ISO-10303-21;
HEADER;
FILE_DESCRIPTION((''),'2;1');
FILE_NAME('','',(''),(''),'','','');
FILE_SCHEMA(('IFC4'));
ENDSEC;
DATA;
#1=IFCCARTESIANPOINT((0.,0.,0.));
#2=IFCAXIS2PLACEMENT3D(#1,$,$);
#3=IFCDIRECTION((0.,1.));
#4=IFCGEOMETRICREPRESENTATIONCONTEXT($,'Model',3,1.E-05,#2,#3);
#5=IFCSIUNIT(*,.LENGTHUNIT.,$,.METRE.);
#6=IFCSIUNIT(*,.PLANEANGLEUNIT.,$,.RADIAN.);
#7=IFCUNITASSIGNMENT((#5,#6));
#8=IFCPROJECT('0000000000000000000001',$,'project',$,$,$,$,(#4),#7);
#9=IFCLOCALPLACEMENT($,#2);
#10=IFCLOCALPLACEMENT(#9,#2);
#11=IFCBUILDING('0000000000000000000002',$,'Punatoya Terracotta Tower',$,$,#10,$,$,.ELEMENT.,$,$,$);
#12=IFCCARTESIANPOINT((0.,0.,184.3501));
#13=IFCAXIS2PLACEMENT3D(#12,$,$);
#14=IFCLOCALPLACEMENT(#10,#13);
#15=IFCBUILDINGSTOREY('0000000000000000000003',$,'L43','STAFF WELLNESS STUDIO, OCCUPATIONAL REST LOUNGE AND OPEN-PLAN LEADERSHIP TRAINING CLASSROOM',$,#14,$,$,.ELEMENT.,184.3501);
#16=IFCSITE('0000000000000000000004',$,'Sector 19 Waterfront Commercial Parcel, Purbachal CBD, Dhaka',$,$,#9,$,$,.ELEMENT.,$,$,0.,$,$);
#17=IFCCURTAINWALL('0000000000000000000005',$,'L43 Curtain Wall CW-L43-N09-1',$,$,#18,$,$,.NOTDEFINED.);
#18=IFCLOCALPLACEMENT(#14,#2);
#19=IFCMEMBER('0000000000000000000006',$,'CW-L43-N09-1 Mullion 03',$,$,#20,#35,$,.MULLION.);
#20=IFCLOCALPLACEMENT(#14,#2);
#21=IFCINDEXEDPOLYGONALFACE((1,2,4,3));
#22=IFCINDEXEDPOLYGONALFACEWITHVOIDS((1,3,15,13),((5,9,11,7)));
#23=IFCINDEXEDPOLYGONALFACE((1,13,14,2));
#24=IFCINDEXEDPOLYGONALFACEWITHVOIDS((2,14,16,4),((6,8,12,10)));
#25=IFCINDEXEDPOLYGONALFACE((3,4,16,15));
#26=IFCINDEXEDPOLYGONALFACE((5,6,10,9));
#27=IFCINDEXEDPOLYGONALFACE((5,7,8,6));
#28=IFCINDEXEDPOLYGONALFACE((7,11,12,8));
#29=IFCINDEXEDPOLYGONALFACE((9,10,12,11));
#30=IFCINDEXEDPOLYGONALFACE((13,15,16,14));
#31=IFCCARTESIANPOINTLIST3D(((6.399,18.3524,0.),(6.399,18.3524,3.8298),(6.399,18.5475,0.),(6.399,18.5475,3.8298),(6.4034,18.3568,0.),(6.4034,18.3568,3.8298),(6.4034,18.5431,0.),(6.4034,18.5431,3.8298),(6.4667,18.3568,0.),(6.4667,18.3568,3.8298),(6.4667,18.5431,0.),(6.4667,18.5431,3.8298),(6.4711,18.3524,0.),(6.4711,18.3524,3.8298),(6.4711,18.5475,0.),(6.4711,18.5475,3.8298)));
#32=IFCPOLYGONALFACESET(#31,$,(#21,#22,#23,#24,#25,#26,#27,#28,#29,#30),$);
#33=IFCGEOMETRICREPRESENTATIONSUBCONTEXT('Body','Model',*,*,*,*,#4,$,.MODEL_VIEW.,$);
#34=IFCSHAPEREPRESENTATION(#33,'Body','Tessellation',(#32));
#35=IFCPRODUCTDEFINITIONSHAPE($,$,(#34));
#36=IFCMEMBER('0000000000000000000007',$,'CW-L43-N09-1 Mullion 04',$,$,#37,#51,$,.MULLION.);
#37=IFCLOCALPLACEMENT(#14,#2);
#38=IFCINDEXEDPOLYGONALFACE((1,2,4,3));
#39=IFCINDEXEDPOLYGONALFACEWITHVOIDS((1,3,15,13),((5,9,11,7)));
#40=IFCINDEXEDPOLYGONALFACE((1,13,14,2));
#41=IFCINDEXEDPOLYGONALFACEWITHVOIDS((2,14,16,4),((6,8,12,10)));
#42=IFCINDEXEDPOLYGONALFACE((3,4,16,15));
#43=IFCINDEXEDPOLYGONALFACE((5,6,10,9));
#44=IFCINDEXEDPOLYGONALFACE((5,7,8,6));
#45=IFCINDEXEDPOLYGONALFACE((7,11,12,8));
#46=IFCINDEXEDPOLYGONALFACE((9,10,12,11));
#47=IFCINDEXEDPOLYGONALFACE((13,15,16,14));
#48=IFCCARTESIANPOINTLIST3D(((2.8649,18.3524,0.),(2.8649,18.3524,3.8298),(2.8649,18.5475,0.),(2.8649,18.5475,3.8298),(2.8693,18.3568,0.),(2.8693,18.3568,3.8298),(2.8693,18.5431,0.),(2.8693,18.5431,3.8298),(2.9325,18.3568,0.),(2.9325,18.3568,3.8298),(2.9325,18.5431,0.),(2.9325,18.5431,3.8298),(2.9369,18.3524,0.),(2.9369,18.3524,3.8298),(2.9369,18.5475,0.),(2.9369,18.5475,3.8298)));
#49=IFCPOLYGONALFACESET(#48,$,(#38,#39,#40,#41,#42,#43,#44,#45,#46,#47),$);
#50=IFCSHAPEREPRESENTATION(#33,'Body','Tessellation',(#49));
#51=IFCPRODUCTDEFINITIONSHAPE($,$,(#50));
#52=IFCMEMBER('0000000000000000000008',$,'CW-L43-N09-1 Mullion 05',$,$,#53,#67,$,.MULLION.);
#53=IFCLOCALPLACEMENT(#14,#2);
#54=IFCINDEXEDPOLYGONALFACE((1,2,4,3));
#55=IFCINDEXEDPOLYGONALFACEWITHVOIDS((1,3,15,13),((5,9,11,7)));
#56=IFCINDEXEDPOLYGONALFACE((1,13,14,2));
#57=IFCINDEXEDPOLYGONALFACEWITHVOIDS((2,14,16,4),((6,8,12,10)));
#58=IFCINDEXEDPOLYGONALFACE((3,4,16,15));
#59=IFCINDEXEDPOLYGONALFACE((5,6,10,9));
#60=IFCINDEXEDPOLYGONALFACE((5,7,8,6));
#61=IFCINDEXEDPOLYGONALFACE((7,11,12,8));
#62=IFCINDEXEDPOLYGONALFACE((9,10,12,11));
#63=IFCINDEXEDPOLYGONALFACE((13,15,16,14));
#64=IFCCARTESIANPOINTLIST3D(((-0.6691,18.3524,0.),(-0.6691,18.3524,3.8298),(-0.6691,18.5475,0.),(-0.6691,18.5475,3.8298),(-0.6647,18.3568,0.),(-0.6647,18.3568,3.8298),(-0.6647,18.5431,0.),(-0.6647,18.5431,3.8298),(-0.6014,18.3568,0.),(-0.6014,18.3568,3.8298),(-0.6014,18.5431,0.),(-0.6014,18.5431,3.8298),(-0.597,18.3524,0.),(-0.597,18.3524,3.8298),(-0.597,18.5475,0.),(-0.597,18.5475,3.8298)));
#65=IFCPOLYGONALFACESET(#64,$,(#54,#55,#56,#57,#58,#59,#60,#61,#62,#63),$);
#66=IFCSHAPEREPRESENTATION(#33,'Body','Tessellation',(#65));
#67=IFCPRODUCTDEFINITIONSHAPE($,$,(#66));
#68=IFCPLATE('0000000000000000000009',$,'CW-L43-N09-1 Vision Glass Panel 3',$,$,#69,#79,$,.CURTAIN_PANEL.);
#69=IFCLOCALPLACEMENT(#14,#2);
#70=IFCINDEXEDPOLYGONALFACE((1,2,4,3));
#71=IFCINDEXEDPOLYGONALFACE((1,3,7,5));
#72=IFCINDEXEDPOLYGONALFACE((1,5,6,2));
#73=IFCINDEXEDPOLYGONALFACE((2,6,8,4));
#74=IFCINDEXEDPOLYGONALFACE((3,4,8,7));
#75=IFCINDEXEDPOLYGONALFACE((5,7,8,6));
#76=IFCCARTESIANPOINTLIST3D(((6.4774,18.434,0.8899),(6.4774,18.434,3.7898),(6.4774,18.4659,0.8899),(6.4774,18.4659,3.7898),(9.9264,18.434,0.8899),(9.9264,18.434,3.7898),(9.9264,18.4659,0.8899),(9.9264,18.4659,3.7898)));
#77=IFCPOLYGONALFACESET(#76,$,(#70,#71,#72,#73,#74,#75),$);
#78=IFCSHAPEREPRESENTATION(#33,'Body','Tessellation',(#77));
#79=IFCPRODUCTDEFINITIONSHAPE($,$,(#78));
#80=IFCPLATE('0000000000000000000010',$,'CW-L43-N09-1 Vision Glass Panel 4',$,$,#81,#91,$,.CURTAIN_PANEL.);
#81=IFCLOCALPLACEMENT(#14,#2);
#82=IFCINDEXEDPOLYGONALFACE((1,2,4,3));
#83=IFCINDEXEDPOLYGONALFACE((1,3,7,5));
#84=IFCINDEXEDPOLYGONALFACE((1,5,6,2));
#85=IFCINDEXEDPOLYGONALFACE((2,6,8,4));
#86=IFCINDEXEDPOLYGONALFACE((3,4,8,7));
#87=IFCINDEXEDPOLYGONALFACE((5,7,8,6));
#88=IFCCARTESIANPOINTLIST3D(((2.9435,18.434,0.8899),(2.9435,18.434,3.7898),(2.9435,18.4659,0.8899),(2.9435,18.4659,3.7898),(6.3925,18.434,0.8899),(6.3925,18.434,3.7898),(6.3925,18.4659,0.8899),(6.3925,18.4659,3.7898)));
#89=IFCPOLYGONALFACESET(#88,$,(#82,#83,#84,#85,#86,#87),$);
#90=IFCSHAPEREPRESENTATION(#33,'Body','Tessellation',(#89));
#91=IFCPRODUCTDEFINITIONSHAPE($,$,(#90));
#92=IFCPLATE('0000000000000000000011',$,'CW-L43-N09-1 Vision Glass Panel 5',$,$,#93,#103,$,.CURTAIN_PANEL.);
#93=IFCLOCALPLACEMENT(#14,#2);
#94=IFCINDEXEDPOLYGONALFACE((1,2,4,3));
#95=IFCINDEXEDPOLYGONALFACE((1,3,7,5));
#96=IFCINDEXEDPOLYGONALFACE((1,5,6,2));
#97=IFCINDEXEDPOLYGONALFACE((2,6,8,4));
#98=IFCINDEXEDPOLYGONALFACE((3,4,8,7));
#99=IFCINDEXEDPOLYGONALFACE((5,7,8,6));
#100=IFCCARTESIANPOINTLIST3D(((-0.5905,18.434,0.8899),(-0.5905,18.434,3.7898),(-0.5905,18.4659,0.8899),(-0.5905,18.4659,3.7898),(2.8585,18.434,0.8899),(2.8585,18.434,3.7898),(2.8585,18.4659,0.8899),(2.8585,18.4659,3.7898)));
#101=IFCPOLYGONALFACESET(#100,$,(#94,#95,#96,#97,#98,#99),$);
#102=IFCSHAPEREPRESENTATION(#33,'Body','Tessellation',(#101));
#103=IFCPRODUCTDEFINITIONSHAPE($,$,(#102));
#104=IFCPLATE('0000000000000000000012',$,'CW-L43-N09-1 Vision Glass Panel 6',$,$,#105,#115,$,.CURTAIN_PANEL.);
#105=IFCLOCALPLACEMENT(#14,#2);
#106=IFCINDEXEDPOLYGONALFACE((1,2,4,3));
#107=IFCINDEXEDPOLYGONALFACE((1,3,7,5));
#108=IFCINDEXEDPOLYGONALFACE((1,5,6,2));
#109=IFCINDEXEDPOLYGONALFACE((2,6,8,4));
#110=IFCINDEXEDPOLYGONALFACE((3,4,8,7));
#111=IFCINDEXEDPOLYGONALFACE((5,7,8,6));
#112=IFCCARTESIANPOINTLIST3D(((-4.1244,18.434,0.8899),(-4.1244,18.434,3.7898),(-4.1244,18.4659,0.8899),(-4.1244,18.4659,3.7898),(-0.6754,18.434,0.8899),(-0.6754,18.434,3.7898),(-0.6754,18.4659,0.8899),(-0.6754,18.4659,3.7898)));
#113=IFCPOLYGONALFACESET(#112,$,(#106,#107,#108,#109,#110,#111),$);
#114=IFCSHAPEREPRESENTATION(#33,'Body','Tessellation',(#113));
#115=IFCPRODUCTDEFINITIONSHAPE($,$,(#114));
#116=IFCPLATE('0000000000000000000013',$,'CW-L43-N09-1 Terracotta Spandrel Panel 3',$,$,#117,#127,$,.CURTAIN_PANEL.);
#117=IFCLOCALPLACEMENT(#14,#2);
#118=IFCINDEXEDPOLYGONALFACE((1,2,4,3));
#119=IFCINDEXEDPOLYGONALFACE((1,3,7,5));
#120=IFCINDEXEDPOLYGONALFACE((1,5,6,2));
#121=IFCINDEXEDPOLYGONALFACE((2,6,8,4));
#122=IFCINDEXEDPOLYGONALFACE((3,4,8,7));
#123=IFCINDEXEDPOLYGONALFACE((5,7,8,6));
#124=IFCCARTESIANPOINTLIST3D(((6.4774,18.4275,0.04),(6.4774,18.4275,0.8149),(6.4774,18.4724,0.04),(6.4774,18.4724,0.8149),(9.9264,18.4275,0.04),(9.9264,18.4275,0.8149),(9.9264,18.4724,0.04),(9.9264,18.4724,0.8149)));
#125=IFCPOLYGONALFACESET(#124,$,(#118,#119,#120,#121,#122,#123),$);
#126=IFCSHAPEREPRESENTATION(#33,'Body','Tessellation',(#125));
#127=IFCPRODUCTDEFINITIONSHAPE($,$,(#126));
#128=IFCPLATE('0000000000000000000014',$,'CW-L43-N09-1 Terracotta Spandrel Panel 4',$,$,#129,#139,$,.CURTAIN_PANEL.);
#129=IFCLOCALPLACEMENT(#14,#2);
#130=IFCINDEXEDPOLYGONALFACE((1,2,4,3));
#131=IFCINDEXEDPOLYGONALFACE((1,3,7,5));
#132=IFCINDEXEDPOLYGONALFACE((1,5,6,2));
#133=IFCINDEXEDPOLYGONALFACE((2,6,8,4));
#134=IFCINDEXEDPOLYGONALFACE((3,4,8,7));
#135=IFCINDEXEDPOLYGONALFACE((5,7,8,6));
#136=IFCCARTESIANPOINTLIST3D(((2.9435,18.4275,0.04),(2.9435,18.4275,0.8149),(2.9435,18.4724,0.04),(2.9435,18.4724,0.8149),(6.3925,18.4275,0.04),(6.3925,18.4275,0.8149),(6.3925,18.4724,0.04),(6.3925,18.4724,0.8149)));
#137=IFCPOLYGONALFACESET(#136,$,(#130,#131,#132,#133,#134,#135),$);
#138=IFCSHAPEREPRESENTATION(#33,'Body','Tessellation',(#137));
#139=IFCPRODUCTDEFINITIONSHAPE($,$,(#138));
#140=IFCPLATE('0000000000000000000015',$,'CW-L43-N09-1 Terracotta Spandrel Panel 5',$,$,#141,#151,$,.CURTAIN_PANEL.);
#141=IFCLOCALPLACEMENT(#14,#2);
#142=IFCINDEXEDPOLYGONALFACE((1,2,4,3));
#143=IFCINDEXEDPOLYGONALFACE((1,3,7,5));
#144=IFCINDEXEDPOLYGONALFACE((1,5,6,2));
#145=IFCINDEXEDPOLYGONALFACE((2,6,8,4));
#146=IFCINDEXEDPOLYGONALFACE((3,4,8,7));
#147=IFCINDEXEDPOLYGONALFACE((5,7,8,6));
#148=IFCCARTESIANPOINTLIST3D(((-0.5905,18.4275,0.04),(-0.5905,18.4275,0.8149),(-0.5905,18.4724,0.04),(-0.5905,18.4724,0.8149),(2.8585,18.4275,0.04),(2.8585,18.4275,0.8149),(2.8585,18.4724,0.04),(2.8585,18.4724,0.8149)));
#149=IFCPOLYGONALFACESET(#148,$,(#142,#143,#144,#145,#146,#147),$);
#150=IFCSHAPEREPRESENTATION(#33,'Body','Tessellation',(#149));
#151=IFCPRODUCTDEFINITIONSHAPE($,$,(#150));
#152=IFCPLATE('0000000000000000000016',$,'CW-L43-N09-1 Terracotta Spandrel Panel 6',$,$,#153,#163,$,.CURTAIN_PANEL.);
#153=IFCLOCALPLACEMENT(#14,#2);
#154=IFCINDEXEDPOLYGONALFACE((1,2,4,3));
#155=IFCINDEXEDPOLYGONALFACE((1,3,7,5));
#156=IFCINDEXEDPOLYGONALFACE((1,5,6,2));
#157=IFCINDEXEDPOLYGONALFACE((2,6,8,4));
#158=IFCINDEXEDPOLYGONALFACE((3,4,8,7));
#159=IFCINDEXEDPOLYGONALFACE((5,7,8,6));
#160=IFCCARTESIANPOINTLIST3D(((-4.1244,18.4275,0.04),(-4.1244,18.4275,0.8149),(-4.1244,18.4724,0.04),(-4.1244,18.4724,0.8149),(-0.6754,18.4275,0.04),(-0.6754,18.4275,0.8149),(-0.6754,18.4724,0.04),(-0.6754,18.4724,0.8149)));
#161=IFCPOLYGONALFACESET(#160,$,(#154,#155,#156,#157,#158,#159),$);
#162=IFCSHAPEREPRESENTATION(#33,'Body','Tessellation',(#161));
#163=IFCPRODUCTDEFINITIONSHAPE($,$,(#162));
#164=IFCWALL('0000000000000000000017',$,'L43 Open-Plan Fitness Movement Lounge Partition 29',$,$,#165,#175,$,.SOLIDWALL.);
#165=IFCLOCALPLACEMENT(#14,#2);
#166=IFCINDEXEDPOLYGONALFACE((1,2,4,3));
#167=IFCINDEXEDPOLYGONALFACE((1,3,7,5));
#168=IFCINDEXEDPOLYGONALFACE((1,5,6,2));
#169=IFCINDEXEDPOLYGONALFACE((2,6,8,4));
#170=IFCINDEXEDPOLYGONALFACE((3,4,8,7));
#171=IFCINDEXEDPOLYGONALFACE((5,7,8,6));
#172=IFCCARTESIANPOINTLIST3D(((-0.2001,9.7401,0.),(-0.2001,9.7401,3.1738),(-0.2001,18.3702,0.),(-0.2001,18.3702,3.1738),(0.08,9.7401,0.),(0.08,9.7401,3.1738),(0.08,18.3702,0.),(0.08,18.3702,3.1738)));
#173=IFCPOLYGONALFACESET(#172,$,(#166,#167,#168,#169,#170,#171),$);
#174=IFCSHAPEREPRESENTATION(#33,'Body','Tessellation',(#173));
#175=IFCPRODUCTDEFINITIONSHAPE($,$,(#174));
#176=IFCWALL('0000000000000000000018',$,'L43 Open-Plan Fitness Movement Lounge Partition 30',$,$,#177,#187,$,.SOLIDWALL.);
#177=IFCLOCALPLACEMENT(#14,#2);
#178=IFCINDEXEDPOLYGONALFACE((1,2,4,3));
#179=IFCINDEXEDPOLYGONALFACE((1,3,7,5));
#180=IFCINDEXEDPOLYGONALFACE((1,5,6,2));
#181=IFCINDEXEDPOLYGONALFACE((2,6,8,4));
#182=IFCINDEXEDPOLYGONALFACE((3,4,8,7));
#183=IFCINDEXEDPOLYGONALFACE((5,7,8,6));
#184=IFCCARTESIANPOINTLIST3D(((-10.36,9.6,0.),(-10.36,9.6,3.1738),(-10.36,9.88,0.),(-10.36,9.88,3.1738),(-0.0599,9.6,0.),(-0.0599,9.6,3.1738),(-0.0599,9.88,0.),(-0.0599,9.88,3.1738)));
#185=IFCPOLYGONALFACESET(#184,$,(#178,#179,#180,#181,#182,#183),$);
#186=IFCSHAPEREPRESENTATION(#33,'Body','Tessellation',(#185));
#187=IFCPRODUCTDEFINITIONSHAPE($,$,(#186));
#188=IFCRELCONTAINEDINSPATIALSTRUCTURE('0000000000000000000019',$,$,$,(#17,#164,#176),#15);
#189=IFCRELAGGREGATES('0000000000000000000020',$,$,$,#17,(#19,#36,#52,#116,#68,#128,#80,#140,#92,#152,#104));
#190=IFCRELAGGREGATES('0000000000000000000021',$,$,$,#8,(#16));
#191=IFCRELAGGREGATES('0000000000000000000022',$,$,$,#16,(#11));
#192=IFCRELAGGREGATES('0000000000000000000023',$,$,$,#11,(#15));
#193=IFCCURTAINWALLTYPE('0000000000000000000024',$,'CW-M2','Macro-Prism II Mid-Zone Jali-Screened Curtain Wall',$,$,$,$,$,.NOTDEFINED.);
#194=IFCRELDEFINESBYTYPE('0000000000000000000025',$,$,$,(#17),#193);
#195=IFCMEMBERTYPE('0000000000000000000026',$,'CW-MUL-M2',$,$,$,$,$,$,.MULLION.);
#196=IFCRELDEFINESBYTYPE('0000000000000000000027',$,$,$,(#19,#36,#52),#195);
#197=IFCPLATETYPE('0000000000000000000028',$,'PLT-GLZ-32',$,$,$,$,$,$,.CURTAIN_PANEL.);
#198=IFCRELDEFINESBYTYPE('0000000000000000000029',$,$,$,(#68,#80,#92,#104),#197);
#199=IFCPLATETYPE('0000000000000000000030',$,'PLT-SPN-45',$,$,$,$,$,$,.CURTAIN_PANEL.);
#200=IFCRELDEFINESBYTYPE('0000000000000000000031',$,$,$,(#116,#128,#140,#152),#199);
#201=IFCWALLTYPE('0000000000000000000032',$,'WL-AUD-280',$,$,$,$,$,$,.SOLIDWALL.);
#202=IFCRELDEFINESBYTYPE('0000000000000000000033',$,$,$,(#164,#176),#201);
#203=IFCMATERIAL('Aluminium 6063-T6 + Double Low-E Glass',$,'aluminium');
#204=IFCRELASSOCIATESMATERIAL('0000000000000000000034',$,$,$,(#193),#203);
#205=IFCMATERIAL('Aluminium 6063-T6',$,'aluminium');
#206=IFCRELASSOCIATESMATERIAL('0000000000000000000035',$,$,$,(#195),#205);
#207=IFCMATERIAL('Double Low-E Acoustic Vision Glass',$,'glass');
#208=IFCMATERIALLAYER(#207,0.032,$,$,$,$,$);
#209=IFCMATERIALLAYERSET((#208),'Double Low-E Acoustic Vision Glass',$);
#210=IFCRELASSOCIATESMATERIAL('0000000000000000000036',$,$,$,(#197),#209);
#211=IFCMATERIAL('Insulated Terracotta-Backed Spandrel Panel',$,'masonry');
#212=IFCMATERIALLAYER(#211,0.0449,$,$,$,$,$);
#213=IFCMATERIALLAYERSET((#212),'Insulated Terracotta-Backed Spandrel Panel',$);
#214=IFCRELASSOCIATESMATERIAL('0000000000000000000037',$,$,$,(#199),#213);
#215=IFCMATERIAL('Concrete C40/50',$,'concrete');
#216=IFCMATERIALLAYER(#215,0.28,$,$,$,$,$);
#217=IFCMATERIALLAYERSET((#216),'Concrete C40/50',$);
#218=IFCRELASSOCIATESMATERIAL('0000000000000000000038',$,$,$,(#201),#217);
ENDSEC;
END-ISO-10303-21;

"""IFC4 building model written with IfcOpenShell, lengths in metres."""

from ifc_helpers import new_model, si_unit, direction, frame, frame_2d, origin, origin_2d, place, context, subcontext, project, spatial, rectangle, hollow_rectangle, extrude, material, layer, layer_set, material_profile, profile_set, type_object, element, aggregate, save


model = new_model("IFC4")

# Units and contexts
model_context = context("Model", 3, precision=1e-05, world=origin(), true_north=direction((0.0, 1.0)))
body_context = subcontext(model_context, "Body", "Model", "MODEL_VIEW")
ifc_project = project(units=[si_unit("LENGTHUNIT", "METRE"), si_unit("PLANEANGLEUNIT", "RADIAN")], contexts=[model_context])

# Site, building, storey
site_placement = place(None, origin())
site = spatial("IfcSite", under=ifc_project, at=site_placement, Name="Sector 19 Waterfront Commercial Parcel, Purbachal CBD, Dhaka", CompositionType="ELEMENT", RefElevation=0.0)
building_placement = place(site_placement, origin())
building = spatial("IfcBuilding", under=site, at=building_placement, Name="Punatoya Terracotta Tower", CompositionType="ELEMENT")
storey_placement = place(building_placement, frame((0.0, 0.0, 184.3501)))
storey = spatial("IfcBuildingStorey", under=building, at=storey_placement, Name="L43", Description="STAFF WELLNESS STUDIO, OCCUPATIONAL REST LOUNGE AND OPEN-PLAN LEADERSHIP TRAINING CLASSROOM", CompositionType="ELEMENT", Elevation=184.3501)

# Curtain wall, members, plates
ifc_material_1 = material(Name="Aluminium 6063-T6 + Double Low-E Glass", Category="aluminium")
curtain_wall_type = type_object("IfcCurtainWallType", Name="CW-M2", Description="Macro-Prism II Mid-Zone Jali-Screened Curtain Wall", PredefinedType="NOTDEFINED", material=ifc_material_1)
curtain_wall_placement = place(storey_placement, origin())
curtain_wall = element("IfcCurtainWall", 1, at=curtain_wall_placement, inside=storey, type_object=curtain_wall_type, Name="L43 Curtain Wall CW-L43-N09-1", PredefinedType="NOTDEFINED")
ifc_material_2 = material(Name="Aluminium 6063-T6", Category="aluminium")
ifc_material_profile_1 = material_profile(ifc_material_2, hollow_rectangle(XDim=0.072, YDim=0.1951, WallThickness=0.0044, at=origin_2d()))
ifc_profile_set_1 = profile_set([ifc_material_profile_1], Name="Aluminium 6063-T6")
member_type = type_object("IfcMemberType", Name="CW-MUL-M2", PredefinedType="MULLION", material=ifc_profile_set_1)
member_1_placement = place(storey_placement, frame((6.4351, 18.45, 0.0), z_axis=(0.0, 0.0, 1.0), x_axis=(1.0, 0.0, 0.0)))
member_1 = element("IfcMember", 2, at=member_1_placement, type_object=member_type, Name="CW-L43-N09-1 Mullion 03", PredefinedType="MULLION", context=body_context, shape_type="SweptSolid", body=[
    extrude(hollow_rectangle(XDim=0.072, YDim=0.1951, WallThickness=0.0044, at=origin_2d()), origin(), (0.0, 0.0, 1.0), 3.8298),
])
member_2_placement = place(storey_placement, frame((2.9009, 18.45, 0.0), z_axis=(0.0, 0.0, 1.0), x_axis=(1.0, 0.0, 0.0)))
member_2 = element("IfcMember", 3, at=member_2_placement, type_object=member_type, Name="CW-L43-N09-1 Mullion 04", PredefinedType="MULLION", context=body_context, shape_type="SweptSolid", body=[
    extrude(hollow_rectangle(XDim=0.072, YDim=0.1951, WallThickness=0.0044, at=origin_2d()), origin(), (0.0, 0.0, 1.0), 3.8298),
])
member_3_placement = place(storey_placement, frame((-0.6331, 18.45, 0.0), z_axis=(0.0, 0.0, 1.0), x_axis=(1.0, 0.0, 0.0)))
member_3 = element("IfcMember", 4, at=member_3_placement, type_object=member_type, Name="CW-L43-N09-1 Mullion 05", PredefinedType="MULLION", context=body_context, shape_type="SweptSolid", body=[
    extrude(hollow_rectangle(XDim=0.072, YDim=0.1951, WallThickness=0.0044, at=origin_2d()), origin(), (0.0, 0.0, 1.0), 3.8298),
])
ifc_material_3 = material(Name="Double Low-E Acoustic Vision Glass", Category="glass")
ifc_layer_1 = layer(ifc_material_3, 0.032)
ifc_layer_set_1 = layer_set([ifc_layer_1], Name="Double Low-E Acoustic Vision Glass")
plate_type_1 = type_object("IfcPlateType", Name="PLT-GLZ-32", PredefinedType="CURTAIN_PANEL", material=ifc_layer_set_1)
plate_1_placement = place(storey_placement, frame((8.2019, 18.45, 0.8899), z_axis=(0.0, 0.0, 1.0), x_axis=(-1.0, 0.0, 0.0)))
plate_1 = element("IfcPlate", 5, at=plate_1_placement, type_object=plate_type_1, Name="CW-L43-N09-1 Vision Glass Panel 3", PredefinedType="CURTAIN_PANEL", context=body_context, shape_type="SweptSolid", body=[
    extrude(rectangle(XDim=3.449, YDim=0.032, at=origin_2d()), origin(), (0.0, 0.0, 1.0), 2.8999),
])
plate_2_placement = place(storey_placement, frame((4.668, 18.45, 0.8899), z_axis=(0.0, 0.0, 1.0), x_axis=(-1.0, 0.0, 0.0)))
plate_2 = element("IfcPlate", 6, at=plate_2_placement, type_object=plate_type_1, Name="CW-L43-N09-1 Vision Glass Panel 4", PredefinedType="CURTAIN_PANEL", context=body_context, shape_type="SweptSolid", body=[
    extrude(rectangle(XDim=3.449, YDim=0.032, at=origin_2d()), origin(), (0.0, 0.0, 1.0), 2.8999),
])
plate_3_placement = place(storey_placement, frame((1.134, 18.45, 0.8899), z_axis=(0.0, 0.0, 1.0), x_axis=(-1.0, 0.0, 0.0)))
plate_3 = element("IfcPlate", 7, at=plate_3_placement, type_object=plate_type_1, Name="CW-L43-N09-1 Vision Glass Panel 5", PredefinedType="CURTAIN_PANEL", context=body_context, shape_type="SweptSolid", body=[
    extrude(rectangle(XDim=3.449, YDim=0.032, at=origin_2d()), origin(), (0.0, 0.0, 1.0), 2.8999),
])
plate_4_placement = place(storey_placement, frame((-2.3999, 18.45, 0.8899), z_axis=(0.0, 0.0, 1.0), x_axis=(-1.0, 0.0, 0.0)))
plate_4 = element("IfcPlate", 8, at=plate_4_placement, type_object=plate_type_1, Name="CW-L43-N09-1 Vision Glass Panel 6", PredefinedType="CURTAIN_PANEL", context=body_context, shape_type="SweptSolid", body=[
    extrude(rectangle(XDim=3.449, YDim=0.032, at=origin_2d()), origin(), (0.0, 0.0, 1.0), 2.8999),
])
ifc_material_4 = material(Name="Insulated Terracotta-Backed Spandrel Panel", Category="masonry")
ifc_layer_2 = layer(ifc_material_4, 0.0449)
ifc_layer_set_2 = layer_set([ifc_layer_2], Name="Insulated Terracotta-Backed Spandrel Panel")
plate_type_2 = type_object("IfcPlateType", Name="PLT-SPN-45", PredefinedType="CURTAIN_PANEL", material=ifc_layer_set_2)
plate_5_placement = place(storey_placement, frame((8.2019, 18.45, 0.04), z_axis=(0.0, 0.0, 1.0), x_axis=(-1.0, 0.0, 0.0)))
plate_5 = element("IfcPlate", 9, at=plate_5_placement, type_object=plate_type_2, Name="CW-L43-N09-1 Terracotta Spandrel Panel 3", PredefinedType="CURTAIN_PANEL", context=body_context, shape_type="SweptSolid", body=[
    extrude(rectangle(XDim=3.449, YDim=0.0449, at=origin_2d()), origin(), (0.0, 0.0, 1.0), 0.7749),
])
plate_6_placement = place(storey_placement, frame((4.668, 18.45, 0.04), z_axis=(0.0, 0.0, 1.0), x_axis=(-1.0, 0.0, 0.0)))
plate_6 = element("IfcPlate", 10, at=plate_6_placement, type_object=plate_type_2, Name="CW-L43-N09-1 Terracotta Spandrel Panel 4", PredefinedType="CURTAIN_PANEL", context=body_context, shape_type="SweptSolid", body=[
    extrude(rectangle(XDim=3.449, YDim=0.0449, at=origin_2d()), origin(), (0.0, 0.0, 1.0), 0.7749),
])
plate_7_placement = place(storey_placement, frame((1.134, 18.45, 0.04), z_axis=(0.0, 0.0, 1.0), x_axis=(-1.0, 0.0, 0.0)))
plate_7 = element("IfcPlate", 11, at=plate_7_placement, type_object=plate_type_2, Name="CW-L43-N09-1 Terracotta Spandrel Panel 5", PredefinedType="CURTAIN_PANEL", context=body_context, shape_type="SweptSolid", body=[
    extrude(rectangle(XDim=3.449, YDim=0.0449, at=origin_2d()), origin(), (0.0, 0.0, 1.0), 0.7749),
])
plate_8_placement = place(storey_placement, frame((-2.3999, 18.45, 0.04), z_axis=(0.0, 0.0, 1.0), x_axis=(-1.0, 0.0, 0.0)))
plate_8 = element("IfcPlate", 12, at=plate_8_placement, type_object=plate_type_2, Name="CW-L43-N09-1 Terracotta Spandrel Panel 6", PredefinedType="CURTAIN_PANEL", context=body_context, shape_type="SweptSolid", body=[
    extrude(rectangle(XDim=3.449, YDim=0.0449, at=origin_2d()), origin(), (0.0, 0.0, 1.0), 0.7749),
])
aggregate(curtain_wall, [member_1, member_2, member_3, plate_5, plate_1, plate_6, plate_2, plate_7, plate_3, plate_8, plate_4])

# Walls
ifc_material_5 = material(Name="Concrete C40/50", Category="concrete")
ifc_layer_3 = layer(ifc_material_5, 0.28)
ifc_layer_set_3 = layer_set([ifc_layer_3], Name="Concrete C40/50")
wall_type_1 = type_object("IfcWallType", Name="WL-AUD-280", PredefinedType="SOLIDWALL", material=ifc_layer_set_3)
wall_1_placement = place(storey_placement, frame((-0.0601, 18.3701, 0.0), z_axis=(0.0, 0.0, 1.0), x_axis=(0.0, -1.0, 0.0)))
element("IfcWall", 13, at=wall_1_placement, inside=storey, type_object=wall_type_1, Name="L43 Open-Plan Fitness Movement Lounge Partition 29", PredefinedType="SOLIDWALL", context=body_context, shape_type="SweptSolid", body=[
    extrude(rectangle(XDim=8.6301, YDim=0.28, at=frame_2d((4.3149, 0.0))), origin(), (0.0, 0.0, 1.0), 3.1738),
])
wall_2_placement = place(storey_placement, frame((-0.0601, 9.74, 0.0), z_axis=(0.0, 0.0, 1.0), x_axis=(-1.0, 0.0, 0.0)))
element("IfcWall", 14, at=wall_2_placement, inside=storey, type_object=wall_type_1, Name="L43 Open-Plan Fitness Movement Lounge Partition 30", PredefinedType="SOLIDWALL", context=body_context, shape_type="SweptSolid", body=[
    extrude(rectangle(XDim=10.3, YDim=0.28, at=frame_2d((5.1499, 0.0))), origin(), (0.0, 0.0, 1.0), 3.1738),
])

save(model, "model.ifc")
